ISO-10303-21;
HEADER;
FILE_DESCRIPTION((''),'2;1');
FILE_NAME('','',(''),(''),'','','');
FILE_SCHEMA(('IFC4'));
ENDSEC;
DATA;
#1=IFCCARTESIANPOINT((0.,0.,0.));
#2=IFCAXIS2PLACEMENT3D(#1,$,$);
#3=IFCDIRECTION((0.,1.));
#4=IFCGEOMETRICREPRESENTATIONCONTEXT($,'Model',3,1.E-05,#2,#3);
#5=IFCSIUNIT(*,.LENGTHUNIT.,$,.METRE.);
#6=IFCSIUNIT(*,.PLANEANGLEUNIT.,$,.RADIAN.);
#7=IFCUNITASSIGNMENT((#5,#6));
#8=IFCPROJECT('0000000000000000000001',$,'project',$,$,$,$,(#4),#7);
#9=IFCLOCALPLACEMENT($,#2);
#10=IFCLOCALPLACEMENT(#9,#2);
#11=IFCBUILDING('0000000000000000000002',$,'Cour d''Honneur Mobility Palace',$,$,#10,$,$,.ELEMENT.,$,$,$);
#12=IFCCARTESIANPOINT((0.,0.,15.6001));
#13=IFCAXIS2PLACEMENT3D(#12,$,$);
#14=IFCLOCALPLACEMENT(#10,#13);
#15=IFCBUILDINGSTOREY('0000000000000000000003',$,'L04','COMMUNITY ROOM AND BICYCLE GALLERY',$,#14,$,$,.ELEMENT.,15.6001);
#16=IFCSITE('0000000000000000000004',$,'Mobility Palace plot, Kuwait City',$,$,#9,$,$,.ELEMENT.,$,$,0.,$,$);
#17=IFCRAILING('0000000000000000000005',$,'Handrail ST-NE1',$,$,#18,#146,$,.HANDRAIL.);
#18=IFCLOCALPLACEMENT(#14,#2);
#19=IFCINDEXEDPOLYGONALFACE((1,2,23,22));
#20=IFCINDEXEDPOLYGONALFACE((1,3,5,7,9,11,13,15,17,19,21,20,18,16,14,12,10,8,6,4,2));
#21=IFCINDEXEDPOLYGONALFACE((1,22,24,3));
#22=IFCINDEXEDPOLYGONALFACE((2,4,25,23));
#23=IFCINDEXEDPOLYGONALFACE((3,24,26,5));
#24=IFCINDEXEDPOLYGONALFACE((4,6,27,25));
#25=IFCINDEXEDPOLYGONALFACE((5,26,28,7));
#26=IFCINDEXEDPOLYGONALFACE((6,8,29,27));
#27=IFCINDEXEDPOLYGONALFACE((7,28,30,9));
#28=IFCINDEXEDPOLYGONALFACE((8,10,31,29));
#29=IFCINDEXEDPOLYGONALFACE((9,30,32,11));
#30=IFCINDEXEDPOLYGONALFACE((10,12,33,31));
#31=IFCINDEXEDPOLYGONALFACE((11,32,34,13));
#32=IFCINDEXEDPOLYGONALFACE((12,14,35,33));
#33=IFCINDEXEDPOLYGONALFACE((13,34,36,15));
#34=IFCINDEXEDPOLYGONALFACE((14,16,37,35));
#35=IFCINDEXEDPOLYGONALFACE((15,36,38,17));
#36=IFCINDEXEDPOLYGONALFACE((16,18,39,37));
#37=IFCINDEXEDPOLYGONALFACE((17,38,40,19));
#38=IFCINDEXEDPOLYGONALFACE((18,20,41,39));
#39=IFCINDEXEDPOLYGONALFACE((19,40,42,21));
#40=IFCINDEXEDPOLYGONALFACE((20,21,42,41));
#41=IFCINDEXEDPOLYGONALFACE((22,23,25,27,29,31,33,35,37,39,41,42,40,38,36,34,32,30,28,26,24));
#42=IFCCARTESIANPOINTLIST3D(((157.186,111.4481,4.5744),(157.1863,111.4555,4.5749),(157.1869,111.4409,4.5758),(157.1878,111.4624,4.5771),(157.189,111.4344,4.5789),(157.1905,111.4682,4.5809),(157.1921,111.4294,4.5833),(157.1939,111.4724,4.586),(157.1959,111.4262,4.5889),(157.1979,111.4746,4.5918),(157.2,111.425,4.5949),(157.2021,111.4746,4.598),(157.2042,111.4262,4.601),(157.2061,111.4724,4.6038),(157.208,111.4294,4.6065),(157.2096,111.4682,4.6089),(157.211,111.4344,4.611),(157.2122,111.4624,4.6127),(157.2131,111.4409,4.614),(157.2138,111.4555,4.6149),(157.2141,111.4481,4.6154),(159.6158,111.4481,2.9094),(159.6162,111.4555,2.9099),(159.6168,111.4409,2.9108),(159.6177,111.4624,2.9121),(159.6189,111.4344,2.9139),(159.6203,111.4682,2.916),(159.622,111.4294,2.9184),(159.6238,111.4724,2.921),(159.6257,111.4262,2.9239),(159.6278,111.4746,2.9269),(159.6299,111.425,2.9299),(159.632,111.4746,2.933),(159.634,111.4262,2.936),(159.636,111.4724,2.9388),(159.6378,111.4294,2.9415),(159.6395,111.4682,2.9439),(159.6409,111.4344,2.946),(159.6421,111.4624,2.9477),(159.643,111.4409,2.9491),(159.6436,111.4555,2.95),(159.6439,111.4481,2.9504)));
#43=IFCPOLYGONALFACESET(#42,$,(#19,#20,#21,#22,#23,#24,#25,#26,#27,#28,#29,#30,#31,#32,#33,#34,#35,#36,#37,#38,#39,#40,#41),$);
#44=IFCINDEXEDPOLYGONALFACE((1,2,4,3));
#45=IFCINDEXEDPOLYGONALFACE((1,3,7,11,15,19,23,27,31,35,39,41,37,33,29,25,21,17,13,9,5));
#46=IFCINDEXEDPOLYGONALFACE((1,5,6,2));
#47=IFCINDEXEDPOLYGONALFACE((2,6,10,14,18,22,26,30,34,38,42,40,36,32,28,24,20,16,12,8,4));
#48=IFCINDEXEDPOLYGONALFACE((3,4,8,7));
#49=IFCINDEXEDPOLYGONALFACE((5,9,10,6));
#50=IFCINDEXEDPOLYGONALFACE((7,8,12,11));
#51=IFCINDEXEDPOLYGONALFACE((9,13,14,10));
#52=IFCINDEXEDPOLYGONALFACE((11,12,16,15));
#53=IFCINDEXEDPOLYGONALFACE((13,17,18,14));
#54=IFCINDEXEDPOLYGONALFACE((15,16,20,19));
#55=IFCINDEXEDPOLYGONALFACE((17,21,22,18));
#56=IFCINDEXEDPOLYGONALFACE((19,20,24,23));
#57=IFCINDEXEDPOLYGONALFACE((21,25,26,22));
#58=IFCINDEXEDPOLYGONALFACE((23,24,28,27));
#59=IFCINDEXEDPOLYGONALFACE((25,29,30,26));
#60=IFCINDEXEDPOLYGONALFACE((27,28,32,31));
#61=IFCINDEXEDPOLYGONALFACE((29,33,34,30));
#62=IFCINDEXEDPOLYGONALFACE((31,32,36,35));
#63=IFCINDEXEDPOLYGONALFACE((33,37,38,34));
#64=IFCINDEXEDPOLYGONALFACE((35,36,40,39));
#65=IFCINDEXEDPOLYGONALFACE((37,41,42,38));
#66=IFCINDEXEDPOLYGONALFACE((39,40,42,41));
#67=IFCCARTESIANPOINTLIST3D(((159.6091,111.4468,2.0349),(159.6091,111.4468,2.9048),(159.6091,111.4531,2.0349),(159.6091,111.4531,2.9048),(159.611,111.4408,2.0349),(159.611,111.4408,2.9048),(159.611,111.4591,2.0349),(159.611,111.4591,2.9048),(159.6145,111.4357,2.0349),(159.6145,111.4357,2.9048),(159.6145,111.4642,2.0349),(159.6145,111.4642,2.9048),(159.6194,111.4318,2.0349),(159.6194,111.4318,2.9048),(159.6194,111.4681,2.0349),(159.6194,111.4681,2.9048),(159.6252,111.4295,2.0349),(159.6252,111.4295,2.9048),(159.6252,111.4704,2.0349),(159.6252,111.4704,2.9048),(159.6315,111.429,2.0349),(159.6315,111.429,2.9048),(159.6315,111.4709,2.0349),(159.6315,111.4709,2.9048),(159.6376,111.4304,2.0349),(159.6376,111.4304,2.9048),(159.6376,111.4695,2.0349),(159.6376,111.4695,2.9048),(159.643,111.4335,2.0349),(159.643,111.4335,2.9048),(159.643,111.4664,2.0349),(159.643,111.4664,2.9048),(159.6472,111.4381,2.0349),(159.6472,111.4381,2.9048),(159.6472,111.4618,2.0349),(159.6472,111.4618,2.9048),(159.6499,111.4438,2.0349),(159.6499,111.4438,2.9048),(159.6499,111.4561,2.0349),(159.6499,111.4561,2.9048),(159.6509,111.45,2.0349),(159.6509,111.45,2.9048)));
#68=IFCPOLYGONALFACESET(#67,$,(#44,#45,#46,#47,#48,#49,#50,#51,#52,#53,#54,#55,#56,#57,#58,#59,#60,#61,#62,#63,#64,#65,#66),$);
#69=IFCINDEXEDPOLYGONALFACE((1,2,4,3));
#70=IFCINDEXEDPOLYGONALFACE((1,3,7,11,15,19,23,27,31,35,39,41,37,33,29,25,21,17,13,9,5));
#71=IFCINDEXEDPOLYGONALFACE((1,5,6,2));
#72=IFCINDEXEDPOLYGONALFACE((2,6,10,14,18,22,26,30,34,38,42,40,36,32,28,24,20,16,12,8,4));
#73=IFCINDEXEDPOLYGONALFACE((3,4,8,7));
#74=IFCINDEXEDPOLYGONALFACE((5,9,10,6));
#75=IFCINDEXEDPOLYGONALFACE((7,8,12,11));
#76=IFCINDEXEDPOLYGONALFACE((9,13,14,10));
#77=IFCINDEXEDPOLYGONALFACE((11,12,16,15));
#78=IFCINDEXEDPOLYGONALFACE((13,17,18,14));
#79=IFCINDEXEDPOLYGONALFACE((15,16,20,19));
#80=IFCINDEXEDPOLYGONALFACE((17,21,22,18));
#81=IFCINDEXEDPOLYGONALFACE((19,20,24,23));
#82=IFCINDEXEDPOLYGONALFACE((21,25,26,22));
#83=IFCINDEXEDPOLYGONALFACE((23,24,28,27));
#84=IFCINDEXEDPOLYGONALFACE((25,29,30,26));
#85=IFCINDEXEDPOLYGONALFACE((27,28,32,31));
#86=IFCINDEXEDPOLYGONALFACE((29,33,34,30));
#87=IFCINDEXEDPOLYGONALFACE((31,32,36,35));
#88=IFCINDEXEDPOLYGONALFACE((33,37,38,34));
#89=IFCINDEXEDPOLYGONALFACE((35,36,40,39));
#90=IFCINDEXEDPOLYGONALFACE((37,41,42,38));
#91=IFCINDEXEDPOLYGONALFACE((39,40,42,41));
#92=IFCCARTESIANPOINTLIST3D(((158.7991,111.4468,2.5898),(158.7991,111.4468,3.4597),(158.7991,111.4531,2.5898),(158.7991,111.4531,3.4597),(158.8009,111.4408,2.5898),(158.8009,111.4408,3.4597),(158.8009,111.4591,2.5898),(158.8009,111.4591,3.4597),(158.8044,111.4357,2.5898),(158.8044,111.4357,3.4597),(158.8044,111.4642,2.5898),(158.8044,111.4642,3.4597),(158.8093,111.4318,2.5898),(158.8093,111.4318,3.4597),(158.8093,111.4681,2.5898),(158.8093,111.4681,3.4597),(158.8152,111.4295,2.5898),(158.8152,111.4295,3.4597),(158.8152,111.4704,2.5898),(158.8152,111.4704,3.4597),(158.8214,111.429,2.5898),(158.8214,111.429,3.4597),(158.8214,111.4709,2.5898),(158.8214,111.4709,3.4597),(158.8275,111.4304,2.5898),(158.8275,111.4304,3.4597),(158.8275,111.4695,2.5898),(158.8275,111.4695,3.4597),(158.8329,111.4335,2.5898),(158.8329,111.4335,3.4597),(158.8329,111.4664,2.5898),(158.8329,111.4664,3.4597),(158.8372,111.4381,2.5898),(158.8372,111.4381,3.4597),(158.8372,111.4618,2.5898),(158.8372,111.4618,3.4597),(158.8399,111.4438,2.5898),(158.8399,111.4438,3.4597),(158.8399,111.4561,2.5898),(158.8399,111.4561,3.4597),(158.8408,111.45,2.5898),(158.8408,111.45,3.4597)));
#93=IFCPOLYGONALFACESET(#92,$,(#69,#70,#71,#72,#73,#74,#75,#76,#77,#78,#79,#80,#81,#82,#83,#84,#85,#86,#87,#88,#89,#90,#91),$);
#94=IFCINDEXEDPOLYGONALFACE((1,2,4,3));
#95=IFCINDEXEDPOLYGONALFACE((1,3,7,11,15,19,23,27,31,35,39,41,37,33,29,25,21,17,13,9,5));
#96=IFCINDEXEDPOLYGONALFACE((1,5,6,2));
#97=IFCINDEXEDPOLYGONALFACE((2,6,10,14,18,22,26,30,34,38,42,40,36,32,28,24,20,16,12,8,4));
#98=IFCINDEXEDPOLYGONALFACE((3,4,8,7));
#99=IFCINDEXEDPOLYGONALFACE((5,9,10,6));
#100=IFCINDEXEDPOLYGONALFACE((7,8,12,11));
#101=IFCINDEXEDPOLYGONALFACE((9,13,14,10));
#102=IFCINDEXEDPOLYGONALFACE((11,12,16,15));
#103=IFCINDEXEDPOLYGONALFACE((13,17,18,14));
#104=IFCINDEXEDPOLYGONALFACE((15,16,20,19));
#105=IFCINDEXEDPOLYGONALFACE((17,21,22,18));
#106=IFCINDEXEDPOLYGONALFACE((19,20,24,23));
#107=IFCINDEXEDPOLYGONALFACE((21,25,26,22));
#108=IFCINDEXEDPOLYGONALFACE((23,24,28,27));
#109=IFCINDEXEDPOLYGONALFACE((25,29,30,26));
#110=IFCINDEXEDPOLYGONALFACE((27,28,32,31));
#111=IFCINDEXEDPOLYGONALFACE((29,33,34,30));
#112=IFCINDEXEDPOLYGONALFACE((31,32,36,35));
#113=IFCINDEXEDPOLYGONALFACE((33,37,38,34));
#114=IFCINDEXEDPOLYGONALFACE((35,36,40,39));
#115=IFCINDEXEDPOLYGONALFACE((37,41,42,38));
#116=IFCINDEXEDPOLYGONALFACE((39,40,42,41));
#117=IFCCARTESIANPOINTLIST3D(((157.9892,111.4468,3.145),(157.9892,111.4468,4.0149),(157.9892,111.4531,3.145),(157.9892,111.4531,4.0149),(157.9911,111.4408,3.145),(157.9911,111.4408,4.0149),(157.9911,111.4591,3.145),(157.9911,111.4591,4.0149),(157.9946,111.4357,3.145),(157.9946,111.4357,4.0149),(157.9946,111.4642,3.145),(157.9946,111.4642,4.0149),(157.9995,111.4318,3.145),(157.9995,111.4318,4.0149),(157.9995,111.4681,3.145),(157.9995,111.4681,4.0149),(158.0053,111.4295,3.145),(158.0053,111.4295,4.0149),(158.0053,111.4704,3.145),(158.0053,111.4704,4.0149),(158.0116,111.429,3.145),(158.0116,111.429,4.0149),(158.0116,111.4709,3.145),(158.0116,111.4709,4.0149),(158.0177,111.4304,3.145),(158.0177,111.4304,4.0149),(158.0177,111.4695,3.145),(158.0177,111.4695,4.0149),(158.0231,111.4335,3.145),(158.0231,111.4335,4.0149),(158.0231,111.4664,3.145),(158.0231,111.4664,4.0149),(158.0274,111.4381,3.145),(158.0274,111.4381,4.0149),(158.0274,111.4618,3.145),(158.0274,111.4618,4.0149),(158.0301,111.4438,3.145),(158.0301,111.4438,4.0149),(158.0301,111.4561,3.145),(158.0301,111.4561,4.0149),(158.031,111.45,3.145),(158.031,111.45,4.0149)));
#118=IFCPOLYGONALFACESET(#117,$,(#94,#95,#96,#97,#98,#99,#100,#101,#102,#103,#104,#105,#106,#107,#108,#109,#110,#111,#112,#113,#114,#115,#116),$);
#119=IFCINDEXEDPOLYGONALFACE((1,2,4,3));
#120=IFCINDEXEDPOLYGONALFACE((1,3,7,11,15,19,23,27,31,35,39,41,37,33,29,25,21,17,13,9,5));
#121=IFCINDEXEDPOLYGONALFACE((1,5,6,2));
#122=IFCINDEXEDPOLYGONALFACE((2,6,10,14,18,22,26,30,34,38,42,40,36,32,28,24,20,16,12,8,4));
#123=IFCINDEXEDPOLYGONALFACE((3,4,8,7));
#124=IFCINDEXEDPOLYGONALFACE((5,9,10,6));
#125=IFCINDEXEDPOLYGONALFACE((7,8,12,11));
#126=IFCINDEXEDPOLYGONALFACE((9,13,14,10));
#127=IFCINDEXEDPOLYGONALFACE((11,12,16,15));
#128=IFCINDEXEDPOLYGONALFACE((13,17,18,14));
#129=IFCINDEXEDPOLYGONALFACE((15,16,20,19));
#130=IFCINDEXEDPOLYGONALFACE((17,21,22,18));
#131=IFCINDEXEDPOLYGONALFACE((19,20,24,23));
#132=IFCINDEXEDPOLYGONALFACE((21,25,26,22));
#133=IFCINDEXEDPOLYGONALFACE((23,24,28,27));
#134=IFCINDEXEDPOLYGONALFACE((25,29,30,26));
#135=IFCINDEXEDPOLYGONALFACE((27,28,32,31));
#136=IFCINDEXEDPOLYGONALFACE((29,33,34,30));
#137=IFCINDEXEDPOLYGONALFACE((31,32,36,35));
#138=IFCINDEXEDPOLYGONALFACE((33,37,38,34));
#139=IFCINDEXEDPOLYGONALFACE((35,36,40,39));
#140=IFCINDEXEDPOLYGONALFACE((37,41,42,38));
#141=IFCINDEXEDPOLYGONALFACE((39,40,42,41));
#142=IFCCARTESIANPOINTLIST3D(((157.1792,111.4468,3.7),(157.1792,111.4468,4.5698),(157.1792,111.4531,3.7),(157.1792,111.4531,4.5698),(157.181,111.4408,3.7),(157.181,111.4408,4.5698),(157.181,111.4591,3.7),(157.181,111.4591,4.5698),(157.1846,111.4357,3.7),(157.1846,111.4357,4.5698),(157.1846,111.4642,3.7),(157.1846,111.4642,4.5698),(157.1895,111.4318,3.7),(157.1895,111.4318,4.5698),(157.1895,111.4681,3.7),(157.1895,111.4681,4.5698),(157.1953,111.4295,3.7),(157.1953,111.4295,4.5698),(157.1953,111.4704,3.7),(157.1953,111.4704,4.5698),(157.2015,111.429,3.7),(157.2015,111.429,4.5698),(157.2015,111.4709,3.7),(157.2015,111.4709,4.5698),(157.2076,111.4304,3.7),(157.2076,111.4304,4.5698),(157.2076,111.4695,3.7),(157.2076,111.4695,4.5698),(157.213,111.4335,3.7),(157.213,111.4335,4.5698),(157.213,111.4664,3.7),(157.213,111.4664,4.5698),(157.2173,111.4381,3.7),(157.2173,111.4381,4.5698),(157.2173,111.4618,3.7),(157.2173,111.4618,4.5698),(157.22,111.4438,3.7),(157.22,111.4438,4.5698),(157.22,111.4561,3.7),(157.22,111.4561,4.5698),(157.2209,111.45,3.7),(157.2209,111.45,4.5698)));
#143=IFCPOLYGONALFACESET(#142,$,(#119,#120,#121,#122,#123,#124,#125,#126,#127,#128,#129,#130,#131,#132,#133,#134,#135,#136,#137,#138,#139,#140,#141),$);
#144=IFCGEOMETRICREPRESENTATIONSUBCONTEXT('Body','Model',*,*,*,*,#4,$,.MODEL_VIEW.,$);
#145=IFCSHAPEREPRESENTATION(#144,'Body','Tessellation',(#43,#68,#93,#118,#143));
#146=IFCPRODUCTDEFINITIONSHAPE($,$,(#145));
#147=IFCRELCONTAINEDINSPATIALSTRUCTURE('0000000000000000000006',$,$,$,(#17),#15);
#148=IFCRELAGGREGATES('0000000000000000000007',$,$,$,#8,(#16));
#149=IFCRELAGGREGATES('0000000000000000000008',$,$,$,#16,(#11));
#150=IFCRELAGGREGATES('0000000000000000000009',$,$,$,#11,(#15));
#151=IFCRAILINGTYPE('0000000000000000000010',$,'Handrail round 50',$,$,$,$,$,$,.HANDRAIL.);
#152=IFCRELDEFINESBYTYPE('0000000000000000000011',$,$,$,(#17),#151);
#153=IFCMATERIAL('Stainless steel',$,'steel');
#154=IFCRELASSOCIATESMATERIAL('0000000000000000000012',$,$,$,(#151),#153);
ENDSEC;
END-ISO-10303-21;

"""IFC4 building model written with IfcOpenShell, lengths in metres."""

from ifc_helpers import new_model, si_unit, direction, frame, origin, origin_2d, place, context, subcontext, project, spatial, circle, extrude, material, type_object, element, save


model = new_model("IFC4")

# Units and contexts
model_context = context("Model", 3, precision=1e-05, world=origin(), true_north=direction((0.0, 1.0)))
body_context = subcontext(model_context, "Body", "Model", "MODEL_VIEW")
ifc_project = project(units=[si_unit("LENGTHUNIT", "METRE"), si_unit("PLANEANGLEUNIT", "RADIAN")], contexts=[model_context])

# Site, building, storey
site_placement = place(None, origin())
site = spatial("IfcSite", under=ifc_project, at=site_placement, Name="Mobility Palace plot, Kuwait City", CompositionType="ELEMENT", RefElevation=0.0)
building_placement = place(site_placement, origin())
building = spatial("IfcBuilding", under=site, at=building_placement, Name="Cour d'Honneur Mobility Palace", CompositionType="ELEMENT")
storey_placement = place(building_placement, frame((0.0, 0.0, 15.6001)))
storey = spatial("IfcBuildingStorey", under=building, at=storey_placement, Name="L04", Description="COMMUNITY ROOM AND BICYCLE GALLERY", CompositionType="ELEMENT", Elevation=15.6001)

# Railing
ifc_material_1 = material(Name="Stainless steel", Category="steel")
railing_type = type_object("IfcRailingType", Name="Handrail round 50", PredefinedType="HANDRAIL", material=ifc_material_1)
railing_placement = place(storey_placement, frame((159.6299, 111.45, 2.0349)))
element("IfcRailing", 1, at=railing_placement, inside=storey, type_object=railing_type, Name="Handrail ST-NE1", PredefinedType="HANDRAIL", context=body_context, shape_type="SweptSolid", body=[
    extrude(circle(Radius=0.0249, at=origin_2d()), frame((0.0, 0.0, 0.895), z_axis=(-0.824919, 0.0, 0.565251), x_axis=(0.0, -1.0, 0.0)), (0.0, 0.0, 1.0), 2.9456),
    extrude(circle(Radius=0.021, at=origin_2d()), origin(), (0.0, 0.0, 1.0), 0.8699),
    extrude(circle(Radius=0.021, at=origin_2d()), frame((-0.8101, 0.0, 0.5549)), (0.0, 0.0, 1.0), 0.8699),
    extrude(circle(Radius=0.021, at=origin_2d()), frame((-1.6199, 0.0, 1.1101)), (0.0, 0.0, 1.0), 0.8699),
    extrude(circle(Radius=0.021, at=origin_2d()), frame((-2.4299, 0.0, 1.665)), (0.0, 0.0, 1.0), 0.8699),
])

save(model, "model.ifc")
